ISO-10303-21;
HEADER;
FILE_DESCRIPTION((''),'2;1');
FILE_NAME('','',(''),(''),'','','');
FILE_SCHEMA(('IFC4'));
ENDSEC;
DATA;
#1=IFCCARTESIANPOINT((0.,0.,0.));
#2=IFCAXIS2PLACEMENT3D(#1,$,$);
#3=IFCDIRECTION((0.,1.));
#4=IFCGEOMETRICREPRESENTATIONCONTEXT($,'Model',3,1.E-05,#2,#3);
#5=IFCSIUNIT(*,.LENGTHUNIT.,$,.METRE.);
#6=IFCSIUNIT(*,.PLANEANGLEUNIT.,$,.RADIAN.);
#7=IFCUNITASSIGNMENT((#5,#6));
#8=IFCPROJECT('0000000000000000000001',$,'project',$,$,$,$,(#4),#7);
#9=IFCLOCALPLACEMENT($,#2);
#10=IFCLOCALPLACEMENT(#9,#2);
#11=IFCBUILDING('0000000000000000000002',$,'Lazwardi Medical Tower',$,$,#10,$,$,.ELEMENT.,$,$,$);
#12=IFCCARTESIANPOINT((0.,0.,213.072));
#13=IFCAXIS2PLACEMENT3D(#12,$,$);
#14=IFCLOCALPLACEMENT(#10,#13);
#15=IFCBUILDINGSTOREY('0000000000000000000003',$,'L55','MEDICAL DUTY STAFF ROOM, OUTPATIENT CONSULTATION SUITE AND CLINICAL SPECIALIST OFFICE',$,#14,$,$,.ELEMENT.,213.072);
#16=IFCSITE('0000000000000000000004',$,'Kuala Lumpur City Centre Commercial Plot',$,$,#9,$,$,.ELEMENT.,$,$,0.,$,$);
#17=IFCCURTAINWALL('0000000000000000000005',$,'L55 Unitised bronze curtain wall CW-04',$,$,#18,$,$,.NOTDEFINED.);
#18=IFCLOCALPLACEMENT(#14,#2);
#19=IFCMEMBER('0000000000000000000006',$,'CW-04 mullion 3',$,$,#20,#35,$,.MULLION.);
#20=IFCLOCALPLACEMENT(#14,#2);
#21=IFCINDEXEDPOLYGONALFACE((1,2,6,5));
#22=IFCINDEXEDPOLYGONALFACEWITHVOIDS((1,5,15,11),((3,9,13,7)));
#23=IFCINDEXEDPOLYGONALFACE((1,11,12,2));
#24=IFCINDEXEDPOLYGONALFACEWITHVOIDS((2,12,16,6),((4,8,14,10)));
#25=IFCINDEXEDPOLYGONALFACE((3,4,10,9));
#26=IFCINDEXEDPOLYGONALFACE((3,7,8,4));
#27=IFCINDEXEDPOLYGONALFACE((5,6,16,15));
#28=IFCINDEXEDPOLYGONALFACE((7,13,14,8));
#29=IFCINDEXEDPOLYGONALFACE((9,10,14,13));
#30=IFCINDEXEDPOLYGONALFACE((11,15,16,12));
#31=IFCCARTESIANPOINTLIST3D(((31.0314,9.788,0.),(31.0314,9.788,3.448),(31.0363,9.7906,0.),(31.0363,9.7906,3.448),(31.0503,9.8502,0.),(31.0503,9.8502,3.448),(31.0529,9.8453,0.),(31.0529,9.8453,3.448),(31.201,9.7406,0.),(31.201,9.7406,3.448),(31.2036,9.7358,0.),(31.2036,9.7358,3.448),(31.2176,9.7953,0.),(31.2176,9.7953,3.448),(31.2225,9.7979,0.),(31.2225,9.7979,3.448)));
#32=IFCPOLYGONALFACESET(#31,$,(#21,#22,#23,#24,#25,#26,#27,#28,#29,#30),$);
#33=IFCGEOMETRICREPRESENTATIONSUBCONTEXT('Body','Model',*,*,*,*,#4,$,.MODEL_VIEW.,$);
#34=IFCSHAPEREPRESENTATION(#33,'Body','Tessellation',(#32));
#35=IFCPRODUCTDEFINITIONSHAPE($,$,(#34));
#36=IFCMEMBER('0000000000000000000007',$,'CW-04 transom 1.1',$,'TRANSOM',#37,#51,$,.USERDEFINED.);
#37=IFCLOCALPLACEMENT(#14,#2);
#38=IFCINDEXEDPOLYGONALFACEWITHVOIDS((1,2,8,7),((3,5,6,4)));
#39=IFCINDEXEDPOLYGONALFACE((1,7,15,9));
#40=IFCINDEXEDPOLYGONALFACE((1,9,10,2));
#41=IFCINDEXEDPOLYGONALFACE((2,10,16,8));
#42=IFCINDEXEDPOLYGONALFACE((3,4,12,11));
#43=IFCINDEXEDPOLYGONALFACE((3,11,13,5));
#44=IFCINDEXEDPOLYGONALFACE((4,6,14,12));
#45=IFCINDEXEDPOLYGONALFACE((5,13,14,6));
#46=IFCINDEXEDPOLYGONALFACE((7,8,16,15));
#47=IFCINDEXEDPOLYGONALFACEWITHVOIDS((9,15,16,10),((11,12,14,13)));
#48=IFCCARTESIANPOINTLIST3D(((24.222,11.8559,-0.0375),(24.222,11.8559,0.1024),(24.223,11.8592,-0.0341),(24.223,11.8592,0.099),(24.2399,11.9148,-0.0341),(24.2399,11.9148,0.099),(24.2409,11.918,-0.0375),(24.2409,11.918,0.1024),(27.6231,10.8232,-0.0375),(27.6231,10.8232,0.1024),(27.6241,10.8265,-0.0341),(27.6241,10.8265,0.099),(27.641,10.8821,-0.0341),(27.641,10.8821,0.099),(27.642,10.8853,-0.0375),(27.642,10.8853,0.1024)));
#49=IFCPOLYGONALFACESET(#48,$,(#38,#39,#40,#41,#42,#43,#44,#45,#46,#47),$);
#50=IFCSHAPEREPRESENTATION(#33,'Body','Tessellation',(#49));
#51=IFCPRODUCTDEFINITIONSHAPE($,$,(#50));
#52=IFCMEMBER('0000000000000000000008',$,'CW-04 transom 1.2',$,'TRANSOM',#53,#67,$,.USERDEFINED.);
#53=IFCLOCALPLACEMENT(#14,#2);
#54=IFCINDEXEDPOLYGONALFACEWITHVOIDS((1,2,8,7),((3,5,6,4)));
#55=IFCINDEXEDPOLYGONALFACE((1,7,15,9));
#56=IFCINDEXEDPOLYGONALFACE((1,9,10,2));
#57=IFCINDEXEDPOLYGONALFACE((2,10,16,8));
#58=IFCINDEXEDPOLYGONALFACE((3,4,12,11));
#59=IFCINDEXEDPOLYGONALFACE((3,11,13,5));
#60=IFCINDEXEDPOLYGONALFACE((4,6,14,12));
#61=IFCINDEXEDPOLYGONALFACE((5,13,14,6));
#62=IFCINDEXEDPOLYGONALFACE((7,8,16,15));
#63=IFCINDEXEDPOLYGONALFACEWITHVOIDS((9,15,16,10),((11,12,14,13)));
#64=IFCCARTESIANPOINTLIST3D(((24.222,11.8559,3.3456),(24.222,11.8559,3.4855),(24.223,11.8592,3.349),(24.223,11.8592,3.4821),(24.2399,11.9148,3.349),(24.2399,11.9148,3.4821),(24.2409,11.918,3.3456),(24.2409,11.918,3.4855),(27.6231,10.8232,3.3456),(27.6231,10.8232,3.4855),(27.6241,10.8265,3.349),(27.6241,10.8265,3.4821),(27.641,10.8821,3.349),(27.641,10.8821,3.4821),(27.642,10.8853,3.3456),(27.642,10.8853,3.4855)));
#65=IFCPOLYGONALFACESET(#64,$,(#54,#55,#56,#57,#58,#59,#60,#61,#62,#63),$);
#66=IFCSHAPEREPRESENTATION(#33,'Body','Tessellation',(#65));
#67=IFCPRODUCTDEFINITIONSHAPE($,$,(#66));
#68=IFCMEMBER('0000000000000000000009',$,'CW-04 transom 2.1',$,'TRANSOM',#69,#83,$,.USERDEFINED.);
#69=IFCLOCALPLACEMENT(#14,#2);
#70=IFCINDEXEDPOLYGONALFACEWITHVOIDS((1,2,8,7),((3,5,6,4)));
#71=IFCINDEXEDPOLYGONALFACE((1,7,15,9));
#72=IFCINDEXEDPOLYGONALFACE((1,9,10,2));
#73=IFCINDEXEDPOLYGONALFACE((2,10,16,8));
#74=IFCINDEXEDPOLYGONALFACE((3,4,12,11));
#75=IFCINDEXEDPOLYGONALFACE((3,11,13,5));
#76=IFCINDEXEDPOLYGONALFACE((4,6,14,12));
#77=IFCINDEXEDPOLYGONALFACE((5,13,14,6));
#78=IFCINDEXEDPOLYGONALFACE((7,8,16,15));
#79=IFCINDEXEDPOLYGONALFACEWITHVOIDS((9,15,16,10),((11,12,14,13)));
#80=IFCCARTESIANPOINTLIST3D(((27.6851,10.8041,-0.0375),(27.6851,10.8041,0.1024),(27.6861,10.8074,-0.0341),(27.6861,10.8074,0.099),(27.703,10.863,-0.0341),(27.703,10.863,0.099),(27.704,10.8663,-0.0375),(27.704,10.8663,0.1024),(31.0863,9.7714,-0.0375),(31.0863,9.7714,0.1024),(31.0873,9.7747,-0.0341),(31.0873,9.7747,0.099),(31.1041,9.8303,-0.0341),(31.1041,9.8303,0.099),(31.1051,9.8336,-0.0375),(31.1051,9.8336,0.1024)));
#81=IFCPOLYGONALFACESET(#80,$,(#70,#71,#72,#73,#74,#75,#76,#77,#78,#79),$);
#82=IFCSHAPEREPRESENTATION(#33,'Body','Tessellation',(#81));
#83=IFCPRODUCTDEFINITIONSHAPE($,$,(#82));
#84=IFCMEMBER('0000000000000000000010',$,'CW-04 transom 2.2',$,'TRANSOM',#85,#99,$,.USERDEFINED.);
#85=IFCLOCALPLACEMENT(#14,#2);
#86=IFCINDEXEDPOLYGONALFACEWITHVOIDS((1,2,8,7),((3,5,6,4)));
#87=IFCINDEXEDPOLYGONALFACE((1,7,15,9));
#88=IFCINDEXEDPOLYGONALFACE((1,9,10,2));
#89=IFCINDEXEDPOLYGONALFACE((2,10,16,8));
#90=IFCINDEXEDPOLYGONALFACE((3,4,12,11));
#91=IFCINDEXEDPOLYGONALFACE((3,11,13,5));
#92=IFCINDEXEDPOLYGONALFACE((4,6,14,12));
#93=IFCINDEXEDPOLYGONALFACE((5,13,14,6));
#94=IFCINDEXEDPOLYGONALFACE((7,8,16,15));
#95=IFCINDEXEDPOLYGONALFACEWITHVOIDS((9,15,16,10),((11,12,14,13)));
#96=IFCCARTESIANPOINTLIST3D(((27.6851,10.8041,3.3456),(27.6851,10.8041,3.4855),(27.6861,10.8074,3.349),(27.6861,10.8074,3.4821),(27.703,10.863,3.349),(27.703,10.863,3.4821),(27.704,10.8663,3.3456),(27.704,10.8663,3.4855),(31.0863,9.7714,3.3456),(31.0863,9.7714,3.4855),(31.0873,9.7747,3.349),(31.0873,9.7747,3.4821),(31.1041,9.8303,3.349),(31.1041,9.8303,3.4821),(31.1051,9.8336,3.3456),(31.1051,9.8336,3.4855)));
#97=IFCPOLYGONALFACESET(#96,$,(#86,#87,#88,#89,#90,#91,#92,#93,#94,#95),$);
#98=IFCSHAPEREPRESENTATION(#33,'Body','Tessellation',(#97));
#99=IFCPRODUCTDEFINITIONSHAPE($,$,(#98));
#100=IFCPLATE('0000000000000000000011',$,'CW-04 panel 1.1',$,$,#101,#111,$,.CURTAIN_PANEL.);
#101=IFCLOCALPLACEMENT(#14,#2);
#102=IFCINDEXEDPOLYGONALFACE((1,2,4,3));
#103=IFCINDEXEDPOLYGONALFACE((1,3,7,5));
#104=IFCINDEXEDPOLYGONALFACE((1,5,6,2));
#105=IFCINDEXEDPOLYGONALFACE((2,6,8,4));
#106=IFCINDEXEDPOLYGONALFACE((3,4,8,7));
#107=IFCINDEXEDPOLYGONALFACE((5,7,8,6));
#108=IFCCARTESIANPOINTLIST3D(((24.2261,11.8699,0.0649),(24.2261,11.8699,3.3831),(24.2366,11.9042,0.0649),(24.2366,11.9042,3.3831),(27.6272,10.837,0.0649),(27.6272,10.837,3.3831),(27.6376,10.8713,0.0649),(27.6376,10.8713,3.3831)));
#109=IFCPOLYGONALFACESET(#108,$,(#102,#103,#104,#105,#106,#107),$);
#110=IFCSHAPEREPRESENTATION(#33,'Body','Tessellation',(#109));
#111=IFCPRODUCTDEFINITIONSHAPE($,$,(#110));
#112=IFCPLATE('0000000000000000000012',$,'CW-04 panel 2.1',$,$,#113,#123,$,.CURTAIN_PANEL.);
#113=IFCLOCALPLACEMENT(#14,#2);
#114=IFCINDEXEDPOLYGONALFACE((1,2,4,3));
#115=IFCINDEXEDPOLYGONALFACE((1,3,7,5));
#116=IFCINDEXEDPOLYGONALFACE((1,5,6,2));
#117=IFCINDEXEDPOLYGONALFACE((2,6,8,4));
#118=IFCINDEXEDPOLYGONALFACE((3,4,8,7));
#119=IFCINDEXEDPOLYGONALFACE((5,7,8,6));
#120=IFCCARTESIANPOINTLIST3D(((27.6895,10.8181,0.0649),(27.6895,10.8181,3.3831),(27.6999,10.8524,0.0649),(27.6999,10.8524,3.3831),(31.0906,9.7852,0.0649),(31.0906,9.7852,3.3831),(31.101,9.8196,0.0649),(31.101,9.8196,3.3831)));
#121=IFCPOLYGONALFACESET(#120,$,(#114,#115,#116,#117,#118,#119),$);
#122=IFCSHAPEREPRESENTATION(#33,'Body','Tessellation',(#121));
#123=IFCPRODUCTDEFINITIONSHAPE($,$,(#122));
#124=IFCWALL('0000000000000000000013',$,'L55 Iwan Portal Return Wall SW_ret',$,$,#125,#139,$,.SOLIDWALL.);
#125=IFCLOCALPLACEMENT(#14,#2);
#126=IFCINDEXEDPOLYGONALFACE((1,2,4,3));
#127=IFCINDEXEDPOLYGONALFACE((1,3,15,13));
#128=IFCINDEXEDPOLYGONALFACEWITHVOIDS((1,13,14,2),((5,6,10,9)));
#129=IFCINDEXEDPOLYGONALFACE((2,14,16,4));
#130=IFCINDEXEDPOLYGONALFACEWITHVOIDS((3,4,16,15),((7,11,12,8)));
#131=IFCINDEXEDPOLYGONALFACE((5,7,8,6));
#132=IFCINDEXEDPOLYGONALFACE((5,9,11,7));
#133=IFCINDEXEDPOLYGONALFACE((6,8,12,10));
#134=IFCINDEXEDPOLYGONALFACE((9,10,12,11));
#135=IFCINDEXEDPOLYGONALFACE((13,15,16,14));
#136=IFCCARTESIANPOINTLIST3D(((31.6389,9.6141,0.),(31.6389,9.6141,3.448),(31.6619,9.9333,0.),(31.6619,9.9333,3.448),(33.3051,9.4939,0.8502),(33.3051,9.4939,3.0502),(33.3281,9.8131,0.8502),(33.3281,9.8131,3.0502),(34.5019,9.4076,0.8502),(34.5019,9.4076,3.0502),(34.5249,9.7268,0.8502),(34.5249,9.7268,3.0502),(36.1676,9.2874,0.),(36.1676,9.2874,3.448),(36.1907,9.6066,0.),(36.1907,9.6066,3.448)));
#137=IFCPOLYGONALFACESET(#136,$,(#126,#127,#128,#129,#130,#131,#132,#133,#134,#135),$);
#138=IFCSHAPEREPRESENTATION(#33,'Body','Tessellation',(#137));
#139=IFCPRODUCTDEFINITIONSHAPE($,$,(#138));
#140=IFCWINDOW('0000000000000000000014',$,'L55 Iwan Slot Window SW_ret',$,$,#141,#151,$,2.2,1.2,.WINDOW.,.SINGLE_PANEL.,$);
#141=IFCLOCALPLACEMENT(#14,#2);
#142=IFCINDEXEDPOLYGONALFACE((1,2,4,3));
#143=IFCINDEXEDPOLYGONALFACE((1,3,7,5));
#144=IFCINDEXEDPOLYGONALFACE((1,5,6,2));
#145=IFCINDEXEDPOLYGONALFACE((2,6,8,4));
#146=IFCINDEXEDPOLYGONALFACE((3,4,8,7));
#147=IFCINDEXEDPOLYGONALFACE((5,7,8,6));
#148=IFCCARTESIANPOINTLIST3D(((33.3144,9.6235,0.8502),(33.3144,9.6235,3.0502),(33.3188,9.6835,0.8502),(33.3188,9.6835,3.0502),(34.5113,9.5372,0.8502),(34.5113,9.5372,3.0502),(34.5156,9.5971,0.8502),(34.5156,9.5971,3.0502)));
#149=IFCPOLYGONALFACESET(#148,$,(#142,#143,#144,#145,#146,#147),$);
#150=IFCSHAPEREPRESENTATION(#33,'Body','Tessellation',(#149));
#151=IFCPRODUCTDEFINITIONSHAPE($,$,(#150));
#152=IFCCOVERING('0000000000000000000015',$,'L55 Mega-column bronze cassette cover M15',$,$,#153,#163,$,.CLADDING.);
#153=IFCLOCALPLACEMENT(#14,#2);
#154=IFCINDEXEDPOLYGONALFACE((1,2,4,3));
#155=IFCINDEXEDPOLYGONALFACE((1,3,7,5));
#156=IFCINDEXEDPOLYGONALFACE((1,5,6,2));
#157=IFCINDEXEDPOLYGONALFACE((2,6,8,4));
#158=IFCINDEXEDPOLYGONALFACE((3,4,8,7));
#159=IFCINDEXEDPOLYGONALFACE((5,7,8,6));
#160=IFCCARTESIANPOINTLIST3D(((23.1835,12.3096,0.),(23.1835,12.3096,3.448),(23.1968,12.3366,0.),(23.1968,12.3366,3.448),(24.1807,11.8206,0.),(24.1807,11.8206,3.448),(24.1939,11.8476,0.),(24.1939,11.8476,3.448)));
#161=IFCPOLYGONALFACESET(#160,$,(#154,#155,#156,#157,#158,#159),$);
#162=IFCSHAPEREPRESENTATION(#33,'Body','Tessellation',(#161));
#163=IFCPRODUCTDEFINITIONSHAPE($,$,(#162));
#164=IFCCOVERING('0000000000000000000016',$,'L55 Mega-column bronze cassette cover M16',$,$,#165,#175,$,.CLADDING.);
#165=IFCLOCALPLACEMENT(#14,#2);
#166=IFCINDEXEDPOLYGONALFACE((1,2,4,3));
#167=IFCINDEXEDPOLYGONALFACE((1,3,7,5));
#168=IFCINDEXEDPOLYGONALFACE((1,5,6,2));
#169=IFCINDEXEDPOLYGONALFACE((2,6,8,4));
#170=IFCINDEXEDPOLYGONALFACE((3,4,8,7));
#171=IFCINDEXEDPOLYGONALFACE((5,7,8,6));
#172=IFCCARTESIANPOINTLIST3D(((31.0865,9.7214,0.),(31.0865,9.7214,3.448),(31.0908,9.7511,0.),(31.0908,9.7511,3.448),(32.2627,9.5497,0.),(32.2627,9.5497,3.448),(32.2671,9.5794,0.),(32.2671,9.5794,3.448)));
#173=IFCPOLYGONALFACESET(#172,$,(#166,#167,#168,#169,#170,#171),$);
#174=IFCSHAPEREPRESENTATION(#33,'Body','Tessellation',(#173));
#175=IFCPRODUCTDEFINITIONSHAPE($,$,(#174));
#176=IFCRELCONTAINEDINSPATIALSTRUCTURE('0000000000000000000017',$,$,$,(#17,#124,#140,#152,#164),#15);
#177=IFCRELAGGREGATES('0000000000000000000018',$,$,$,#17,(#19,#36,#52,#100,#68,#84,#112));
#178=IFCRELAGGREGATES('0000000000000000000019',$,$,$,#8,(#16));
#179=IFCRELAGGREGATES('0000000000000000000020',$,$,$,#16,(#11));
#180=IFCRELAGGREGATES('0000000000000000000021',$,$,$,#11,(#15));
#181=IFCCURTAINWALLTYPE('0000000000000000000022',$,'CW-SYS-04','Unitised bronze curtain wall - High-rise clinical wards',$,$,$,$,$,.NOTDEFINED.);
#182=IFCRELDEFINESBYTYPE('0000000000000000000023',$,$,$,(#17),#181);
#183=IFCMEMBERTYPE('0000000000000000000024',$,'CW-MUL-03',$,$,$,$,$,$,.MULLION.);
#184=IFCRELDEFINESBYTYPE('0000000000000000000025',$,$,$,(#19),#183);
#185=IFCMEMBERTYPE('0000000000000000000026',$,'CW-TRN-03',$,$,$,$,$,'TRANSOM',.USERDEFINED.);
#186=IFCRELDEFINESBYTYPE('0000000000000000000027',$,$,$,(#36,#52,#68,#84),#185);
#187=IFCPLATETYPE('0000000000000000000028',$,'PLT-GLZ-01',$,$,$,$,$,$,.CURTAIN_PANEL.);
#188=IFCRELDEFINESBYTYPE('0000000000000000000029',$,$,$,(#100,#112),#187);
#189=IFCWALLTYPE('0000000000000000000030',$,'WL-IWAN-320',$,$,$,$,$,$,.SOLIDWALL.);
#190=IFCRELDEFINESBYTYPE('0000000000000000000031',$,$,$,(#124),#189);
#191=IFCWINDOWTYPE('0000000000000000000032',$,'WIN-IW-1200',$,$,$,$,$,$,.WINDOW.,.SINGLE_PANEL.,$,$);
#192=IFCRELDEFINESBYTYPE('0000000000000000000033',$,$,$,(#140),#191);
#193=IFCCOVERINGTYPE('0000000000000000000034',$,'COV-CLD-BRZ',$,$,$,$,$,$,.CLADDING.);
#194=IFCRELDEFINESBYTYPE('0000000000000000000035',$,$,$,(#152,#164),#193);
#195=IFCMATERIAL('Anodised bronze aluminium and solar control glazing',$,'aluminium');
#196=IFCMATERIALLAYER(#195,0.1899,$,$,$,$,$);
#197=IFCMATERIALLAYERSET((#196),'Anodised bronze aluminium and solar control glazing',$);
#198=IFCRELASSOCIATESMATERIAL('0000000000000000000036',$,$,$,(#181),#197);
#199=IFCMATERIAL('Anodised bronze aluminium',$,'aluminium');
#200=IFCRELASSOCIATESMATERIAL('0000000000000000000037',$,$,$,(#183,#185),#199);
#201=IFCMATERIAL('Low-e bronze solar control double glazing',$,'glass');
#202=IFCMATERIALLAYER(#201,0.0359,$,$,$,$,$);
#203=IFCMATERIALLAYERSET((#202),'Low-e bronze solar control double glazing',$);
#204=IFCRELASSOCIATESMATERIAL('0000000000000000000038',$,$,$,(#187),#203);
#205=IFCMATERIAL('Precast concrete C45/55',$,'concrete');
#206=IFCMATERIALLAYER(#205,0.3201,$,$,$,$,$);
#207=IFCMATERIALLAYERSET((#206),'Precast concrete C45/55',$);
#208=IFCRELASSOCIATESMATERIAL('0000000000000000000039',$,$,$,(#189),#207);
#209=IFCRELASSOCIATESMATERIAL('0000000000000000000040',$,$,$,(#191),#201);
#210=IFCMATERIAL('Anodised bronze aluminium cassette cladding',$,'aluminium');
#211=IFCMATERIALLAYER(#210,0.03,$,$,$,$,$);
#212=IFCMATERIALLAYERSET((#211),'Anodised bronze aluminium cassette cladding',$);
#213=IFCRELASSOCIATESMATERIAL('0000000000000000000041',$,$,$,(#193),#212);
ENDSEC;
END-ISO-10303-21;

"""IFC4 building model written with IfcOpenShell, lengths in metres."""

from ifc_helpers import new_model, si_unit, direction, frame, frame_2d, origin, origin_2d, place, context, subcontext, project, spatial, rectangle, hollow_rectangle, extrude, material, layer, layer_set, material_profile, profile_set, type_object, element, fill, aggregate, save


model = new_model("IFC4")

# Units and contexts
model_context = context("Model", 3, precision=1e-05, world=origin(), true_north=direction((0.0, 1.0)))
body_context = subcontext(model_context, "Body", "Model", "MODEL_VIEW")
ifc_project = project(units=[si_unit("LENGTHUNIT", "METRE"), si_unit("PLANEANGLEUNIT", "RADIAN")], contexts=[model_context])

# Site, building, storey
site_placement = place(None, origin())
site = spatial("IfcSite", under=ifc_project, at=site_placement, Name="Kuala Lumpur City Centre Commercial Plot", CompositionType="ELEMENT", RefElevation=0.0)
building_placement = place(site_placement, origin())
building = spatial("IfcBuilding", under=site, at=building_placement, Name="Lazwardi Medical Tower", CompositionType="ELEMENT")
storey_placement = place(building_placement, frame((0.0, 0.0, 213.072)))
storey = spatial("IfcBuildingStorey", under=building, at=storey_placement, Name="L55", Description="MEDICAL DUTY STAFF ROOM, OUTPATIENT CONSULTATION SUITE AND CLINICAL SPECIALIST OFFICE", CompositionType="ELEMENT", Elevation=213.072)

# Shared definitions
ifc_material_1 = material(Name="Anodised bronze aluminium and solar control glazing", Category="aluminium")
ifc_layer_1 = layer(ifc_material_1, 0.1899)
ifc_layer_set_1 = layer_set([ifc_layer_1], Name="Anodised bronze aluminium and solar control glazing")
curtain_wall_type = type_object("IfcCurtainWallType", Name="CW-SYS-04", Description="Unitised bronze curtain wall - High-rise clinical wards", PredefinedType="NOTDEFINED", material=ifc_layer_set_1)
ifc_material_2 = material(Name="Anodised bronze aluminium", Category="aluminium")
ifc_material_profile_1 = material_profile(ifc_material_2, hollow_rectangle(XDim=0.0649, YDim=0.1799, WallThickness=0.0039, at=origin_2d()), Name="ALU-MULLION 180x65x4")
ifc_profile_set_1 = profile_set([ifc_material_profile_1], Name="Anodised bronze aluminium")
member_type_1 = type_object("IfcMemberType", Name="CW-MUL-03", PredefinedType="MULLION", material=ifc_profile_set_1)

# Curtain wall, members, plates
curtain_wall_1_placement = place(storey_placement, origin())
curtain_wall_1 = element("IfcCurtainWall", 1, at=curtain_wall_1_placement, inside=storey, type_object=curtain_wall_type, Name="L55 Unitised bronze curtain wall CW-04", PredefinedType="NOTDEFINED")
member_1_placement = place(storey_placement, frame((31.127, 9.793, 0.0), z_axis=(0.0, 0.0, 1.0), x_axis=(0.290582, 0.95685, 0.0)))
member_1 = element("IfcMember", 2, at=member_1_placement, type_object=member_type_1, Name="CW-04 mullion 3", PredefinedType="MULLION", context=body_context, shape_type="SweptSolid", body=[
    extrude(hollow_rectangle(XDim=0.0649, YDim=0.1799, WallThickness=0.0039, at=origin_2d()), origin(), (0.0, 0.0, 1.0), 3.448),
])
ifc_material_profile_2 = material_profile(ifc_material_2, hollow_rectangle(XDim=0.0649, YDim=0.1399, WallThickness=0.0034, at=origin_2d()), Name="ALU-TRANSOM 140x65x3.5")
ifc_profile_set_2 = profile_set([ifc_material_profile_2], Name="Anodised bronze aluminium")
member_type_2 = type_object("IfcMemberType", Name="CW-TRN-03", ElementType="TRANSOM", PredefinedType="USERDEFINED", material=ifc_profile_set_2)
member_2_placement = place(storey_placement, frame((24.2314, 11.887, 0.0325), z_axis=(0.956863, -0.290541, 0.0), x_axis=(0.290541, 0.956863, 0.0)))
member_2 = element("IfcMember", 3, at=member_2_placement, type_object=member_type_2, Name="CW-04 transom 1.1", ObjectType="TRANSOM", PredefinedType="USERDEFINED", context=body_context, shape_type="SweptSolid", body=[
    extrude(hollow_rectangle(XDim=0.0649, YDim=0.1399, WallThickness=0.0034, at=origin_2d()), origin(), (0.0, 0.0, 1.0), 3.5544),
])
member_3_placement = place(storey_placement, frame((24.2314, 11.887, 3.4155), z_axis=(0.956863, -0.290541, 0.0), x_axis=(0.290541, 0.956863, 0.0)))
member_3 = element("IfcMember", 4, at=member_3_placement, type_object=member_type_2, Name="CW-04 transom 1.2", ObjectType="TRANSOM", PredefinedType="USERDEFINED", context=body_context, shape_type="SweptSolid", body=[
    extrude(hollow_rectangle(XDim=0.0649, YDim=0.1399, WallThickness=0.0034, at=origin_2d()), origin(), (0.0, 0.0, 1.0), 3.5544),
])
member_4_placement = place(storey_placement, frame((27.6946, 10.8352, 0.0325), z_axis=(0.956863, -0.290541, 0.0), x_axis=(0.290541, 0.956863, 0.0)))
member_4 = element("IfcMember", 5, at=member_4_placement, type_object=member_type_2, Name="CW-04 transom 2.1", ObjectType="TRANSOM", PredefinedType="USERDEFINED", context=body_context, shape_type="SweptSolid", body=[
    extrude(hollow_rectangle(XDim=0.0649, YDim=0.1399, WallThickness=0.0034, at=origin_2d()), origin(), (0.0, 0.0, 1.0), 3.5544),
])
member_5_placement = place(storey_placement, frame((27.6946, 10.8352, 3.4155), z_axis=(0.956863, -0.290541, 0.0), x_axis=(0.290541, 0.956863, 0.0)))
member_5 = element("IfcMember", 6, at=member_5_placement, type_object=member_type_2, Name="CW-04 transom 2.2", ObjectType="TRANSOM", PredefinedType="USERDEFINED", context=body_context, shape_type="SweptSolid", body=[
    extrude(hollow_rectangle(XDim=0.0649, YDim=0.1399, WallThickness=0.0034, at=origin_2d()), origin(), (0.0, 0.0, 1.0), 3.5544),
])
ifc_material_3 = material(Name="Low-e bronze solar control double glazing", Category="glass")
ifc_layer_2 = layer(ifc_material_3, 0.0359)
ifc_layer_set_2 = layer_set([ifc_layer_2], Name="Low-e bronze solar control double glazing")
plate_type = type_object("IfcPlateType", Name="PLT-GLZ-01", PredefinedType="CURTAIN_PANEL", material=ifc_layer_set_2)
plate_1_placement = place(storey_placement, frame((25.9319, 11.3706, 0.0649), z_axis=(0.0, 0.0, 1.0), x_axis=(0.95685, -0.290582, 0.0)))
plate_1 = element("IfcPlate", 7, at=plate_1_placement, type_object=plate_type, Name="CW-04 panel 1.1", PredefinedType="CURTAIN_PANEL", context=body_context, shape_type="SweptSolid", body=[
    extrude(rectangle(XDim=3.5544, YDim=0.0359, at=origin_2d()), origin(), (0.0, 0.0, 1.0), 3.3181),
])
plate_2_placement = place(storey_placement, frame((29.3953, 10.3188, 0.0649), z_axis=(0.0, 0.0, 1.0), x_axis=(0.95685, -0.290582, 0.0)))
plate_2 = element("IfcPlate", 8, at=plate_2_placement, type_object=plate_type, Name="CW-04 panel 2.1", PredefinedType="CURTAIN_PANEL", context=body_context, shape_type="SweptSolid", body=[
    extrude(rectangle(XDim=3.5544, YDim=0.0359, at=origin_2d()), origin(), (0.0, 0.0, 1.0), 3.3181),
])
aggregate(curtain_wall_1, [member_1, member_2, member_3, plate_1, member_4, member_5, plate_2])

# Wall, opening, window
ifc_material_4 = material(Name="Precast concrete C45/55", Category="concrete")
ifc_layer_3 = layer(ifc_material_4, 0.3201)
ifc_layer_set_3 = layer_set([ifc_layer_3], Name="Precast concrete C45/55")
wall_type = type_object("IfcWallType", Name="WL-IWAN-320", PredefinedType="SOLIDWALL", material=ifc_layer_set_3)
wall_placement = place(storey_placement, frame((31.6504, 9.7737, 0.0), z_axis=(0.0, 0.0, 1.0), x_axis=(0.997409, -0.071942, 0.0)))
wall = element("IfcWall", 9, at=wall_placement, inside=storey, type_object=wall_type, Name="L55 Iwan Portal Return Wall SW_ret", PredefinedType="SOLIDWALL", context=body_context, shape_type="SweptSolid", body=[
    extrude(rectangle(XDim=4.5405, YDim=0.3201, at=frame_2d((2.2703, 0.0))), origin(), (0.0, 0.0, 1.0), 3.448),
])
opening_placement = place(wall_placement, frame((1.6704, 0.0, 0.8501)))
opening = element("IfcOpeningElement", 10, at=opening_placement, cuts=wall, PredefinedType="OPENING", context=body_context, shape_type="SweptSolid", body=[
    extrude(rectangle(XDim=1.2, YDim=2.2, at=frame_2d((0.6001, 1.1001))), frame((0.0, 0.1699, 0.0), z_axis=(0.0, -1.0, 0.0), x_axis=(1.0, 0.0, 0.0)), (0.0, 0.0, 1.0), 0.3401),
])
window_type = type_object("IfcWindowType", Name="WIN-IW-1200", PartitioningType="SINGLE_PANEL", PredefinedType="WINDOW", material=ifc_material_3)
window_placement = place(opening_placement, origin())
window = element("IfcWindow", 11, at=window_placement, inside=storey, type_object=window_type, Name="L55 Iwan Slot Window SW_ret", OverallHeight=2.2, OverallWidth=1.2, PartitioningType="SINGLE_PANEL", PredefinedType="WINDOW", context=body_context, shape_type="SweptSolid", body=[
    extrude(rectangle(XDim=1.2, YDim=2.2, at=frame_2d((0.6001, 1.1001))), frame((0.0, 0.03, 0.0), z_axis=(0.0, -1.0, 0.0), x_axis=(1.0, 0.0, 0.0)), (0.0, 0.0, 1.0), 0.0601),
])
fill(opening, window)

# Coverings
ifc_material_5 = material(Name="Anodised bronze aluminium cassette cladding", Category="aluminium")
ifc_layer_4 = layer(ifc_material_5, 0.03)
ifc_layer_set_4 = layer_set([ifc_layer_4], Name="Anodised bronze aluminium cassette cladding")
covering_type_1 = type_object("IfcCoveringType", Name="COV-CLD-BRZ", PredefinedType="CLADDING", material=ifc_layer_set_4)
covering_1_placement = place(storey_placement, frame((23.6887, 12.0786, 0.0), z_axis=(0.0, 0.0, 1.0), x_axis=(0.89784, -0.440322, 0.0)))
element("IfcCovering", 12, at=covering_1_placement, inside=storey, type_object=covering_type_1, Name="L55 Mega-column bronze cassette cover M15", PredefinedType="CLADDING", context=body_context, shape_type="SweptSolid", body=[
    extrude(rectangle(XDim=1.1106, YDim=0.03, at=origin_2d()), origin(), (0.0, 0.0, 1.0), 3.448),
])
covering_2_placement = place(storey_placement, frame((31.6768, 9.6504, 0.0), z_axis=(0.0, 0.0, 1.0), x_axis=(0.989512, -0.144448, 0.0)))
element("IfcCovering", 13, at=covering_2_placement, inside=storey, type_object=covering_type_1, Name="L55 Mega-column bronze cassette cover M16", PredefinedType="CLADDING", context=body_context, shape_type="SweptSolid", body=[
    extrude(rectangle(XDim=1.1887, YDim=0.03, at=origin_2d()), origin(), (0.0, 0.0, 1.0), 3.448),
])

save(model, "model.ifc")
